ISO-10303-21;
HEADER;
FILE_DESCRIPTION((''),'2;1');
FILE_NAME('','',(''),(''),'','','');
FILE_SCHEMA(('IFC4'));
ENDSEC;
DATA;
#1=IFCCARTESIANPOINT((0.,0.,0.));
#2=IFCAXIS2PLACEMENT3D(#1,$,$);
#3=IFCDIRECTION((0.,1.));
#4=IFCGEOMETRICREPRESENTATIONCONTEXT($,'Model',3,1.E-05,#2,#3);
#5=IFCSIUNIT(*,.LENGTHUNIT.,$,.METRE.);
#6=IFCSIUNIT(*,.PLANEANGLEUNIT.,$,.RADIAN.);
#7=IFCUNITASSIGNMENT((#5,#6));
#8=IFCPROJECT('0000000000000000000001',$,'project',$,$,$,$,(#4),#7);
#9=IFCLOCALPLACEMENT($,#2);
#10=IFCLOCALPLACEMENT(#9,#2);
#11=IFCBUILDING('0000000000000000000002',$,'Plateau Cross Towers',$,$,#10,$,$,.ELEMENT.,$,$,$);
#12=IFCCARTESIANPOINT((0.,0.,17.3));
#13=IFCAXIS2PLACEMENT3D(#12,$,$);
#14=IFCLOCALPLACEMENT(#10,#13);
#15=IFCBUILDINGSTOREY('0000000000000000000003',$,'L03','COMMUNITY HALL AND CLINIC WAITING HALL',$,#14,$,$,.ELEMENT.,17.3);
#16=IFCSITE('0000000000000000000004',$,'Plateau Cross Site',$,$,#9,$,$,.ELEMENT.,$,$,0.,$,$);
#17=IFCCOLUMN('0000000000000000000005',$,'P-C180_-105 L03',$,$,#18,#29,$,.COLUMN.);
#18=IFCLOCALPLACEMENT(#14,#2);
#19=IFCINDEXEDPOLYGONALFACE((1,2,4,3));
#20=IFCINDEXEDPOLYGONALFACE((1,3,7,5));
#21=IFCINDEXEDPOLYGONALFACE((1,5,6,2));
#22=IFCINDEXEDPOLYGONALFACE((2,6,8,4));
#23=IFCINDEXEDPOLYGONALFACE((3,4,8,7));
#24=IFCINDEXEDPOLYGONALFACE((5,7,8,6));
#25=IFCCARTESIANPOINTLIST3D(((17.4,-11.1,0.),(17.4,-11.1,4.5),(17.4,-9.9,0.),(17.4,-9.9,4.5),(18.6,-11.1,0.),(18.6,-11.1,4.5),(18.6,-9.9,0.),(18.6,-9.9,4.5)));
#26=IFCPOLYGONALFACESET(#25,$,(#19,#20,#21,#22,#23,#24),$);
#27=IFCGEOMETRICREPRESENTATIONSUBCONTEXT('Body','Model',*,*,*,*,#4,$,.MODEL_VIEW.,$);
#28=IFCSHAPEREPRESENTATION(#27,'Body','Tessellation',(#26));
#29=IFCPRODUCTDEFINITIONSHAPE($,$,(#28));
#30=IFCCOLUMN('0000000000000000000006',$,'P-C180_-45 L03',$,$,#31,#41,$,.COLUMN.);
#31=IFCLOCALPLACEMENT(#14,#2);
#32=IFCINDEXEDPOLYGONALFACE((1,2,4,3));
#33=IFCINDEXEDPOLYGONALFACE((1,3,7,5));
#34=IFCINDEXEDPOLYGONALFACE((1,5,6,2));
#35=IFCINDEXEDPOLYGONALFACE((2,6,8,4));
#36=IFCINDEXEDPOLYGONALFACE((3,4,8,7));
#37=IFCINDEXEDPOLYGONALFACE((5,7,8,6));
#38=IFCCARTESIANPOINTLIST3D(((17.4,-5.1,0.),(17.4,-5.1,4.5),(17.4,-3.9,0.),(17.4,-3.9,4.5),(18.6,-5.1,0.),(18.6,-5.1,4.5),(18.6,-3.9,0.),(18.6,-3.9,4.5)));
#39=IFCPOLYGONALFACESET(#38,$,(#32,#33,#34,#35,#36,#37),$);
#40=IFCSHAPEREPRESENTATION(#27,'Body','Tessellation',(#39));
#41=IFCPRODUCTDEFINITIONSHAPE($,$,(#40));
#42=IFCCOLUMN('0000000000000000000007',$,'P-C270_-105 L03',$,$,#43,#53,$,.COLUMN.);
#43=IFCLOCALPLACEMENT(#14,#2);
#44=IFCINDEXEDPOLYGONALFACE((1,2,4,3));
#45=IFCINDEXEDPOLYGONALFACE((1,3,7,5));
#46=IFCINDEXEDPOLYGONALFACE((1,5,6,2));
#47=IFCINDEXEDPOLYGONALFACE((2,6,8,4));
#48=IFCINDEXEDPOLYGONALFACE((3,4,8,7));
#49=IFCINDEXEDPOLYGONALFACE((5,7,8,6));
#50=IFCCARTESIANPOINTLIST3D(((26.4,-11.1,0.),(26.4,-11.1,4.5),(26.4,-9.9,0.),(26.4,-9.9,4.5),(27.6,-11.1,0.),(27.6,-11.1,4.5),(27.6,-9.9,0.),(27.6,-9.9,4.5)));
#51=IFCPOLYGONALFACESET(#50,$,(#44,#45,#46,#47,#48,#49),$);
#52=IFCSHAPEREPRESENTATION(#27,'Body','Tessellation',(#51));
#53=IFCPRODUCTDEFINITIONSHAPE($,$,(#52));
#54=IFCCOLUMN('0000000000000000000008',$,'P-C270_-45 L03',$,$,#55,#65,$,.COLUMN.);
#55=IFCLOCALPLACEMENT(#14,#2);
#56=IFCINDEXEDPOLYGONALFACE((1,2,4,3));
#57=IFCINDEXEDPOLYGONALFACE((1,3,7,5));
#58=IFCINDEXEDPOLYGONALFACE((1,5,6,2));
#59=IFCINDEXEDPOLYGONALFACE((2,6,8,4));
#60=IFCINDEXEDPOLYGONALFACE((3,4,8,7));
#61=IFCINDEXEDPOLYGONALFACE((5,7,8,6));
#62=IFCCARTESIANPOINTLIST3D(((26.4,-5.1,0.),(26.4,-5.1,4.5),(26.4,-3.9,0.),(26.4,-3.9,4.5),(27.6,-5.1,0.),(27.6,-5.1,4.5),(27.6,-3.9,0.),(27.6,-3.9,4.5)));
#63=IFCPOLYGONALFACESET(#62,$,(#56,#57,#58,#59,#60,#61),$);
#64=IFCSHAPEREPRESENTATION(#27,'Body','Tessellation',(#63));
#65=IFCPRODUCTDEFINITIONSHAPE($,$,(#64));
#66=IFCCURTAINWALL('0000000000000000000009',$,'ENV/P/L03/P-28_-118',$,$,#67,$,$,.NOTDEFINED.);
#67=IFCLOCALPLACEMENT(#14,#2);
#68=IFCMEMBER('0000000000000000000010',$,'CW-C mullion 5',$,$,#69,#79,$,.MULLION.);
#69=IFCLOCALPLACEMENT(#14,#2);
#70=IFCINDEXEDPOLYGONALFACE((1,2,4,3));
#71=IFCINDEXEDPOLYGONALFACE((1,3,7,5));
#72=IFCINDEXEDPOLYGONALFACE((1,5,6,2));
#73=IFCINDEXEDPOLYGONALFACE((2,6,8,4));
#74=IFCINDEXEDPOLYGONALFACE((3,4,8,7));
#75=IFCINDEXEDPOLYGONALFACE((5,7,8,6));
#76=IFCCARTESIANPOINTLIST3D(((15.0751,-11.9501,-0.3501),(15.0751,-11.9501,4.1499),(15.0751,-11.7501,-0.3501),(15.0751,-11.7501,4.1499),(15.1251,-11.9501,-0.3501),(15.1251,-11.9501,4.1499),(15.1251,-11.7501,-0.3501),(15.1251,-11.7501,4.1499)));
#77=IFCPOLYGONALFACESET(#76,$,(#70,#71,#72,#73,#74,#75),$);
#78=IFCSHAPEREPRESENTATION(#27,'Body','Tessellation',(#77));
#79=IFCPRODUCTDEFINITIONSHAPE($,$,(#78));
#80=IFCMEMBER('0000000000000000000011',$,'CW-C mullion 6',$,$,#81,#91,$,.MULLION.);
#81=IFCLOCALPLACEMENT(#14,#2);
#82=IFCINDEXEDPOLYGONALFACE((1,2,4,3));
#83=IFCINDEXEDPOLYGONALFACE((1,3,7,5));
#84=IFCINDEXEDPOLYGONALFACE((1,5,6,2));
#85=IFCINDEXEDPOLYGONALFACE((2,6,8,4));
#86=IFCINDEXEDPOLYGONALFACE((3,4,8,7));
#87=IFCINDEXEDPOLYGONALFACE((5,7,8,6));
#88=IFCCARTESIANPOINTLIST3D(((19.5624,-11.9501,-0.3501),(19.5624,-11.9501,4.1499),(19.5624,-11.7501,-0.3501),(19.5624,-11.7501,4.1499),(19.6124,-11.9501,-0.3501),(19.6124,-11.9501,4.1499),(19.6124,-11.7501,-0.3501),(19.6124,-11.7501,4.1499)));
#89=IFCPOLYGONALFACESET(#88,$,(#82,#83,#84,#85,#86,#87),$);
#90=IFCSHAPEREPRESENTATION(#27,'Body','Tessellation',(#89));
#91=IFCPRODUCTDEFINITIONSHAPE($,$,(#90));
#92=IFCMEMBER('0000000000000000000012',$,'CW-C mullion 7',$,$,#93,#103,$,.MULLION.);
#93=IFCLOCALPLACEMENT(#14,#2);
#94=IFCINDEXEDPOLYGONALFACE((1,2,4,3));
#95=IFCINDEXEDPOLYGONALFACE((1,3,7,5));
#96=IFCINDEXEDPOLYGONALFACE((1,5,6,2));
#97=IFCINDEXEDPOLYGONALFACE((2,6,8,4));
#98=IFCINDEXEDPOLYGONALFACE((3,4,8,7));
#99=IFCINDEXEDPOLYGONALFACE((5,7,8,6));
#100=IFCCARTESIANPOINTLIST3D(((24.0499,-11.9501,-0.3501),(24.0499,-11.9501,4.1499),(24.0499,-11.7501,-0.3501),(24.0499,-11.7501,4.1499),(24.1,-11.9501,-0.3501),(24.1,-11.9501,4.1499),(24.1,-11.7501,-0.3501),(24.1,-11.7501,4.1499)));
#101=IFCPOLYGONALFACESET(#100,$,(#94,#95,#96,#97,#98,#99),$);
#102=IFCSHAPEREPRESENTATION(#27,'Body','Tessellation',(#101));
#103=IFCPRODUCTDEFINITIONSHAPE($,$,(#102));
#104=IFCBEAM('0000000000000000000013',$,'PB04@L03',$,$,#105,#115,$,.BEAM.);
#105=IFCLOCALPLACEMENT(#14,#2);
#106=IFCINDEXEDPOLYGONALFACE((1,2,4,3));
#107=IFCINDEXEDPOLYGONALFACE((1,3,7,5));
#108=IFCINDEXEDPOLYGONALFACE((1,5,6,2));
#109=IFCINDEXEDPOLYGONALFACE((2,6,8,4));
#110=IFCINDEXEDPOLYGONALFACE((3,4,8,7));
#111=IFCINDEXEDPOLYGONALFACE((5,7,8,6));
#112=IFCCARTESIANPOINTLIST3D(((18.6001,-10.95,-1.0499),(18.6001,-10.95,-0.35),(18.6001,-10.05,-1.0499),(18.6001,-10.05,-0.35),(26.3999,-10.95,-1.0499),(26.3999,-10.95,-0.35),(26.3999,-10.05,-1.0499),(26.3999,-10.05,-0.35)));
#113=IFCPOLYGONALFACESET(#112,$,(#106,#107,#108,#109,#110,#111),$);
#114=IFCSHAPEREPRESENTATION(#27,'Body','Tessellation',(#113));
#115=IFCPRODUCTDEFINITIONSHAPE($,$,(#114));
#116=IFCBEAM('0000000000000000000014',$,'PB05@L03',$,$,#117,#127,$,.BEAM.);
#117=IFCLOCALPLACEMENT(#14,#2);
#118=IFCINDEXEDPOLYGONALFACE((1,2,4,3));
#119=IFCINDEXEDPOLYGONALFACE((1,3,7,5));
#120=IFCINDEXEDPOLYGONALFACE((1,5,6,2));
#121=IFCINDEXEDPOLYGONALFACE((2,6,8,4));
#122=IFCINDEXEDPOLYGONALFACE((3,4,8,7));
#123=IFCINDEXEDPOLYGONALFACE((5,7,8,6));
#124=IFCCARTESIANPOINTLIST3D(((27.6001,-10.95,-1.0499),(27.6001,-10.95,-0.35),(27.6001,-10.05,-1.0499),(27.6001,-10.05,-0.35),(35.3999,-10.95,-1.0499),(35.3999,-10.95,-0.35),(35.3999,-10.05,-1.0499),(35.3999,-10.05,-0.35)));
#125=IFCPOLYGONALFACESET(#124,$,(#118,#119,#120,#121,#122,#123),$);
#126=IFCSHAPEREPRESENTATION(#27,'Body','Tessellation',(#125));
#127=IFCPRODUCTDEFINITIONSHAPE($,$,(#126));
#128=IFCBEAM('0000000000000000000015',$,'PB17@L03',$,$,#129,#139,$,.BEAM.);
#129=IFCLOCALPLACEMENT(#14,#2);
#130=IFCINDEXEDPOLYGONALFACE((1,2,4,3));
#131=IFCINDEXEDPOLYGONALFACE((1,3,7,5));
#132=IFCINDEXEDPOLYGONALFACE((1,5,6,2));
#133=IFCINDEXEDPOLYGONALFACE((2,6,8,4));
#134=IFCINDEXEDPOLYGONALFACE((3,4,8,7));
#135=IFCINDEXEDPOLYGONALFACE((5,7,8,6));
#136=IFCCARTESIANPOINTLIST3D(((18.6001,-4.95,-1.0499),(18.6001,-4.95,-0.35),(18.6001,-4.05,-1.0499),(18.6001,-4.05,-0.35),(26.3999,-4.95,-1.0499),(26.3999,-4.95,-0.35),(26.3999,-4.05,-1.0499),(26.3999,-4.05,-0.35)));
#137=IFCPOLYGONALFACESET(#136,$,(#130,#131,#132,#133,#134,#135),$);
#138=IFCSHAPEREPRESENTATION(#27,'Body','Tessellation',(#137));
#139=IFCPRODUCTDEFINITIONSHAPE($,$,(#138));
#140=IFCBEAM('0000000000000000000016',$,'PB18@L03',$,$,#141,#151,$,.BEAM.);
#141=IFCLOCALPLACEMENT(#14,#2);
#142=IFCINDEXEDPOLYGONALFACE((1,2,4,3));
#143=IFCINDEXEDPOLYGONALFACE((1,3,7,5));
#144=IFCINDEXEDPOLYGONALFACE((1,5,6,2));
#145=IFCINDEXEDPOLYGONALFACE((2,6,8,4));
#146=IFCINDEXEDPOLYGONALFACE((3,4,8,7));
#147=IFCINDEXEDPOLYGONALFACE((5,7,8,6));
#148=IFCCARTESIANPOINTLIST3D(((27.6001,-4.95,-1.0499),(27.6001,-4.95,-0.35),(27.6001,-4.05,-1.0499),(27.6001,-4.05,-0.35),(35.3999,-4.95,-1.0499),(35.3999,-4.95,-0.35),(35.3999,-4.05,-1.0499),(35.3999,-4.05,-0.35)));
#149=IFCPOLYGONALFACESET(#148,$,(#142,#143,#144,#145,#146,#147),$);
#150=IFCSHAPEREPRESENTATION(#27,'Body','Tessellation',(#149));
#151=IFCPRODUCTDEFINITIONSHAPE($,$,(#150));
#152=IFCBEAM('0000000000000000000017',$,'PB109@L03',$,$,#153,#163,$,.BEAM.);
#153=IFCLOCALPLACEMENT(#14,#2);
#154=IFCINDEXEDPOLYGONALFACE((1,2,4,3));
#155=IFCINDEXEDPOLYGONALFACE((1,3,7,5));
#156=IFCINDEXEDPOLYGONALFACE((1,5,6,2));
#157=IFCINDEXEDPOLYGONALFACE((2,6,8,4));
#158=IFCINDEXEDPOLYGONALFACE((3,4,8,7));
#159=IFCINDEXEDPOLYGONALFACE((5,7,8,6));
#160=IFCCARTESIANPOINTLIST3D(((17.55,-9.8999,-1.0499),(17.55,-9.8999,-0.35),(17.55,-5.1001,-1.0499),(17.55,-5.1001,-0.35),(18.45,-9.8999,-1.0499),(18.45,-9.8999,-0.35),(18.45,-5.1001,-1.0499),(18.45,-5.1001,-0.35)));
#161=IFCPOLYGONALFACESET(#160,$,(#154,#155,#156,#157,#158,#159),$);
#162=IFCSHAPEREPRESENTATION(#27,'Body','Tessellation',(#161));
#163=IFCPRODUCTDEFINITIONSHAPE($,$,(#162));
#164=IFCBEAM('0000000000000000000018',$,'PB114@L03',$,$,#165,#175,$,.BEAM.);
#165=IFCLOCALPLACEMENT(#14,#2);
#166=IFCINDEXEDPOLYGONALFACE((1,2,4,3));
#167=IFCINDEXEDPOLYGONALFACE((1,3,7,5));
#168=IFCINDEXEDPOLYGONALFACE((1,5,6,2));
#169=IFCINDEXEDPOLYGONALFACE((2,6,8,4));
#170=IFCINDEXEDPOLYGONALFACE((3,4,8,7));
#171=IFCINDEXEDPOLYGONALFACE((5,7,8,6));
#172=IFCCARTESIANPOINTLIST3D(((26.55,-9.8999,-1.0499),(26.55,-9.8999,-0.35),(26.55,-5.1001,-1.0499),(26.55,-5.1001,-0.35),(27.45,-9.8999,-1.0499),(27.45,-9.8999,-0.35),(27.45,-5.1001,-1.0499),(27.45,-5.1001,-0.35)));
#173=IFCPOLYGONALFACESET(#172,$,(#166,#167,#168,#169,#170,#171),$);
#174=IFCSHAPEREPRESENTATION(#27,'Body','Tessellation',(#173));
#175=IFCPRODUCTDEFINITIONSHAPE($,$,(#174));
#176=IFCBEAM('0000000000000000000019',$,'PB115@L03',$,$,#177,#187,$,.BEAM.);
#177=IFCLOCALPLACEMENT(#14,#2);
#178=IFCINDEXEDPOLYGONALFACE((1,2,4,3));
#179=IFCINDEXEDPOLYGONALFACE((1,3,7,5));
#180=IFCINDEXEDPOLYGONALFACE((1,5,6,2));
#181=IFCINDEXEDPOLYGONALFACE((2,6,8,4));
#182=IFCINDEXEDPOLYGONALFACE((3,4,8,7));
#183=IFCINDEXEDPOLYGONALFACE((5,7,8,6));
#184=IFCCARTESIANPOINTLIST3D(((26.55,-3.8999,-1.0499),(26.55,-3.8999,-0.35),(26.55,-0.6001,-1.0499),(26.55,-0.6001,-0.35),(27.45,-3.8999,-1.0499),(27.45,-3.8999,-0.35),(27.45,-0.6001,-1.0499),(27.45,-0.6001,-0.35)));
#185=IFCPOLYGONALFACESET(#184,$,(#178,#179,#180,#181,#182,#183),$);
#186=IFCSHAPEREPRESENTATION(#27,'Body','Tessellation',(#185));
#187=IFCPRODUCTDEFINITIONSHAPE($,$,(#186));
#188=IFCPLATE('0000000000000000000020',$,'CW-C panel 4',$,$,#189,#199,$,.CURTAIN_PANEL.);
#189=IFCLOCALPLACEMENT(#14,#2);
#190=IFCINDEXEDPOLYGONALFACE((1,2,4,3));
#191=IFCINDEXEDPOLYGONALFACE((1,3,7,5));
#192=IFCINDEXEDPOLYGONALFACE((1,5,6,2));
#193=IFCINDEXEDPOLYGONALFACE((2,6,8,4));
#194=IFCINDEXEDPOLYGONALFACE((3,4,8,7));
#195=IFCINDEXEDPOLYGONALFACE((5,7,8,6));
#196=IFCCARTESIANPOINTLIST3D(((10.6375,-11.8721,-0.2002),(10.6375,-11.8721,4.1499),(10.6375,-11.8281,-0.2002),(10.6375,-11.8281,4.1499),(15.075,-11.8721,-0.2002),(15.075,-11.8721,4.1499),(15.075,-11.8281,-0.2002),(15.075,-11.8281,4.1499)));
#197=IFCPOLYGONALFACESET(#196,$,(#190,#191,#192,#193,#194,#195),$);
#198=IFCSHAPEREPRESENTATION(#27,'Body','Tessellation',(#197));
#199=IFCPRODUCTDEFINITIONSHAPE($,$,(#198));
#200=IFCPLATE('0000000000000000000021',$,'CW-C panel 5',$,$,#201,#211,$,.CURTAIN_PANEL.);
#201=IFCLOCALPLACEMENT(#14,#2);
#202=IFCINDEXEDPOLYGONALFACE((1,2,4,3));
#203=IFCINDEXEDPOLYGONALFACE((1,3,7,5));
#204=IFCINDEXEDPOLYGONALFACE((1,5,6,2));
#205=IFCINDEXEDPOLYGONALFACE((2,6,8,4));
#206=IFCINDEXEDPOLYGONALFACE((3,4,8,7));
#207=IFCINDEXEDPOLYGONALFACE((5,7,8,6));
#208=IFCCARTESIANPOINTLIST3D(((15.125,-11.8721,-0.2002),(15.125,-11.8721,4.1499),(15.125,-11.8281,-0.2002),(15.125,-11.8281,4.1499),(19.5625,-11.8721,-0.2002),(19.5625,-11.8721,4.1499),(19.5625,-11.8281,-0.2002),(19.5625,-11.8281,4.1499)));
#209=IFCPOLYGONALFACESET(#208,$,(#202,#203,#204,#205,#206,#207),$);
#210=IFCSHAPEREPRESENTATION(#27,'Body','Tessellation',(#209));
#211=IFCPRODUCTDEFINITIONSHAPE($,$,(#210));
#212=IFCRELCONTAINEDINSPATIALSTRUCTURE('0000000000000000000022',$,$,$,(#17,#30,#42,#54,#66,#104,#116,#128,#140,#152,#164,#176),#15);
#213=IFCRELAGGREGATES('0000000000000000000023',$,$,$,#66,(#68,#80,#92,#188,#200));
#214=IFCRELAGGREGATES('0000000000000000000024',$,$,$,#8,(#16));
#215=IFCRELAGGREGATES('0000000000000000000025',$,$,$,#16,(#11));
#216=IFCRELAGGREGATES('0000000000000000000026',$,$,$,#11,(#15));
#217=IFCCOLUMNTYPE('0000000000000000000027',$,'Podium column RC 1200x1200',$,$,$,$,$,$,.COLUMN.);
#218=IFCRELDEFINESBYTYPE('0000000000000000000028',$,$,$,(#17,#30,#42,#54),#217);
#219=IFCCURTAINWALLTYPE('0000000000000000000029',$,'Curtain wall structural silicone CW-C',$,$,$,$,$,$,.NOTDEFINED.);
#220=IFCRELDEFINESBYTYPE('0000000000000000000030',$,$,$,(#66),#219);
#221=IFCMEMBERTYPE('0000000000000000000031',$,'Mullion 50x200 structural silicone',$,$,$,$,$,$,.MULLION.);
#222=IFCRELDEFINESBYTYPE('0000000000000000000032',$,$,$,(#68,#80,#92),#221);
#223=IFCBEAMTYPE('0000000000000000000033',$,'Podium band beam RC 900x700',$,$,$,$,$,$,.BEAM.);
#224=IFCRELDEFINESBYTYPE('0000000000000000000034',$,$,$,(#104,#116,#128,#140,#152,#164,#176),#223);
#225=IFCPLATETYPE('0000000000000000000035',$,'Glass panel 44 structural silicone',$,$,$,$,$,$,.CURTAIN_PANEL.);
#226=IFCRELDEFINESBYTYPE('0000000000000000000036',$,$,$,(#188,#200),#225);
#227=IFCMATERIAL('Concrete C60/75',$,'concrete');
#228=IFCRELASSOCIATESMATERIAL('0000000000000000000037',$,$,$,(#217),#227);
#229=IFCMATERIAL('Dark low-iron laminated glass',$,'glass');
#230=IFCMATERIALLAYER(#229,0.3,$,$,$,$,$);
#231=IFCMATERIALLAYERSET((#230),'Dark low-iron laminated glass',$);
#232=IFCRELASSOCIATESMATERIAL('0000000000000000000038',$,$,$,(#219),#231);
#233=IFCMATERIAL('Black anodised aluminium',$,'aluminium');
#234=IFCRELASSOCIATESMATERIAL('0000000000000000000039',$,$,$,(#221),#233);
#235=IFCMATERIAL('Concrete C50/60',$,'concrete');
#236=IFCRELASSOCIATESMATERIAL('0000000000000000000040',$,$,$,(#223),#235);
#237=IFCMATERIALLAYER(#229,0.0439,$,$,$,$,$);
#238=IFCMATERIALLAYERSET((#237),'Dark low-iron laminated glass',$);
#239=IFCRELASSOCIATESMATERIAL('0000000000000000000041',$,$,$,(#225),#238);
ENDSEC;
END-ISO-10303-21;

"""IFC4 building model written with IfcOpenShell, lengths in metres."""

from ifc_helpers import new_model, si_unit, direction, frame, origin, origin_2d, place, context, subcontext, project, spatial, rectangle, extrude, material, layer, layer_set, material_profile, profile_set, type_object, element, aggregate, save


model = new_model("IFC4")

# Units and contexts
model_context = context("Model", 3, precision=1e-05, world=origin(), true_north=direction((0.0, 1.0)))
body_context = subcontext(model_context, "Body", "Model", "MODEL_VIEW")
ifc_project = project(units=[si_unit("LENGTHUNIT", "METRE"), si_unit("PLANEANGLEUNIT", "RADIAN")], contexts=[model_context])

# Site, building, storey
site_placement = place(None, origin())
site = spatial("IfcSite", under=ifc_project, at=site_placement, Name="Plateau Cross Site", CompositionType="ELEMENT", RefElevation=0.0)
building_placement = place(site_placement, origin())
building = spatial("IfcBuilding", under=site, at=building_placement, Name="Plateau Cross Towers", CompositionType="ELEMENT")
storey_placement = place(building_placement, frame((0.0, 0.0, 17.3)))
storey = spatial("IfcBuildingStorey", under=building, at=storey_placement, Name="L03", Description="COMMUNITY HALL AND CLINIC WAITING HALL", CompositionType="ELEMENT", Elevation=17.3)

# Columns
ifc_material_1 = material(Name="Concrete C60/75", Category="concrete")
ifc_material_profile_1 = material_profile(ifc_material_1, rectangle(XDim=1.2, YDim=1.2, at=origin_2d()), Name="RC 1200x1200")
ifc_profile_set_1 = profile_set([ifc_material_profile_1], Name="Concrete C60/75")
column_type = type_object("IfcColumnType", Name="Podium column RC 1200x1200", PredefinedType="COLUMN", material=ifc_profile_set_1)
for number, where, z_axis, x_axis, name in (
    (1, (18.0, -10.5, 0.0), (0.0, 0.0, 1.0), (1.0, 0.0, 0.0), "P-C180_-105 L03"),
    (2, (18.0, -4.5, 0.0), (0.0, 0.0, 1.0), (1.0, 0.0, 0.0), "P-C180_-45 L03"),
    (3, (27.0, -10.5, 0.0), (0.0, 0.0, 1.0), (1.0, 0.0, 0.0), "P-C270_-105 L03"),
    (4, (27.0, -4.5, 0.0), (0.0, 0.0, 1.0), (1.0, 0.0, 0.0), "P-C270_-45 L03"),
):
    element("IfcColumn", number, at=place(storey_placement, frame(where, z_axis=z_axis, x_axis=x_axis)), inside=storey, type_object=column_type, Name=name, PredefinedType="COLUMN", context=body_context, shape_type="SweptSolid", body=[
        extrude(rectangle(XDim=1.2, YDim=1.2, at=origin_2d()), origin(), (0.0, 0.0, 1.0), 4.5),
    ])

# Curtain wall, members
ifc_material_2 = material(Name="Dark low-iron laminated glass", Category="glass")
ifc_layer_1 = layer(ifc_material_2, 0.3)
ifc_layer_set_1 = layer_set([ifc_layer_1], Name="Dark low-iron laminated glass")
curtain_wall_type = type_object("IfcCurtainWallType", Name="Curtain wall structural silicone CW-C", PredefinedType="NOTDEFINED", material=ifc_layer_set_1)
curtain_wall_placement = place(storey_placement, origin())
curtain_wall = element("IfcCurtainWall", 5, at=curtain_wall_placement, inside=storey, type_object=curtain_wall_type, Name="ENV/P/L03/P-28_-118", PredefinedType="NOTDEFINED")
ifc_material_3 = material(Name="Black anodised aluminium", Category="aluminium")
ifc_material_profile_2 = material_profile(ifc_material_3, rectangle(XDim=0.05, YDim=0.2, at=origin_2d()), Name="MULLION 50x200")
ifc_profile_set_2 = profile_set([ifc_material_profile_2], Name="Black anodised aluminium")
member_type = type_object("IfcMemberType", Name="Mullion 50x200 structural silicone", PredefinedType="MULLION", material=ifc_profile_set_2)
member_1_placement = place(storey_placement, frame((15.1001, -11.8501, -0.3501), z_axis=(0.0, 0.0, 1.0), x_axis=(1.0, 0.0, 0.0)))
member_1 = element("IfcMember", 6, at=member_1_placement, type_object=member_type, Name="CW-C mullion 5", PredefinedType="MULLION", context=body_context, shape_type="SweptSolid", body=[
    extrude(rectangle(XDim=0.05, YDim=0.2, at=origin_2d()), origin(), (0.0, 0.0, 1.0), 4.5),
])
member_2_placement = place(storey_placement, frame((19.5874, -11.8501, -0.3501), z_axis=(0.0, 0.0, 1.0), x_axis=(1.0, 0.0, 0.0)))
member_2 = element("IfcMember", 7, at=member_2_placement, type_object=member_type, Name="CW-C mullion 6", PredefinedType="MULLION", context=body_context, shape_type="SweptSolid", body=[
    extrude(rectangle(XDim=0.05, YDim=0.2, at=origin_2d()), origin(), (0.0, 0.0, 1.0), 4.5),
])
member_3_placement = place(storey_placement, frame((24.075, -11.8501, -0.3501), z_axis=(0.0, 0.0, 1.0), x_axis=(1.0, 0.0, 0.0)))
member_3 = element("IfcMember", 8, at=member_3_placement, type_object=member_type, Name="CW-C mullion 7", PredefinedType="MULLION", context=body_context, shape_type="SweptSolid", body=[
    extrude(rectangle(XDim=0.05, YDim=0.2, at=origin_2d()), origin(), (0.0, 0.0, 1.0), 4.5),
])

# Beams
ifc_material_4 = material(Name="Concrete C50/60", Category="concrete")
ifc_material_profile_3 = material_profile(ifc_material_4, rectangle(XDim=0.8999, YDim=0.7, at=origin_2d()), Name="RC 900x700")
ifc_profile_set_3 = profile_set([ifc_material_profile_3], Name="Concrete C50/60")
beam_type = type_object("IfcBeamType", Name="Podium band beam RC 900x700", PredefinedType="BEAM", material=ifc_profile_set_3)
for number, where, z_axis, x_axis, name in (
    (9, (18.6001, -10.5, -0.7), (1.0, 0.0, 0.0), (0.0, 1.0, 0.0), "PB04@L03"),
    (10, (27.6001, -10.5, -0.7), (1.0, 0.0, 0.0), (0.0, 1.0, 0.0), "PB05@L03"),
    (11, (18.6001, -4.5, -0.7), (1.0, 0.0, 0.0), (0.0, 1.0, 0.0), "PB17@L03"),
    (12, (27.6001, -4.5, -0.7), (1.0, 0.0, 0.0), (0.0, 1.0, 0.0), "PB18@L03"),
):
    element("IfcBeam", number, at=place(storey_placement, frame(where, z_axis=z_axis, x_axis=x_axis)), inside=storey, type_object=beam_type, Name=name, PredefinedType="BEAM", context=body_context, shape_type="SweptSolid", body=[
        extrude(rectangle(XDim=0.8999, YDim=0.7, at=origin_2d()), origin(), (0.0, 0.0, 1.0), 7.7998),
    ])
for number, where, z_axis, x_axis, name in (
    (13, (18.0, -9.8999, -0.7), (0.0, 1.0, 0.0), (-1.0, 0.0, 0.0), "PB109@L03"),
    (14, (27.0, -9.8999, -0.7), (0.0, 1.0, 0.0), (-1.0, 0.0, 0.0), "PB114@L03"),
):
    element("IfcBeam", number, at=place(storey_placement, frame(where, z_axis=z_axis, x_axis=x_axis)), inside=storey, type_object=beam_type, Name=name, PredefinedType="BEAM", context=body_context, shape_type="SweptSolid", body=[
        extrude(rectangle(XDim=0.8999, YDim=0.7, at=origin_2d()), origin(), (0.0, 0.0, 1.0), 4.7998),
    ])
beam_placement = place(storey_placement, frame((27.0, -3.8999, -0.7), z_axis=(0.0, 1.0, 0.0), x_axis=(-1.0, 0.0, 0.0)))
element("IfcBeam", 15, at=beam_placement, inside=storey, type_object=beam_type, Name="PB115@L03", PredefinedType="BEAM", context=body_context, shape_type="SweptSolid", body=[
    extrude(rectangle(XDim=0.8999, YDim=0.7, at=origin_2d()), origin(), (0.0, 0.0, 1.0), 3.2998),
])

# Plates
ifc_layer_2 = layer(ifc_material_2, 0.0439)
ifc_layer_set_2 = layer_set([ifc_layer_2], Name="Dark low-iron laminated glass")
plate_type = type_object("IfcPlateType", Name="Glass panel 44 structural silicone", PredefinedType="CURTAIN_PANEL", material=ifc_layer_set_2)
plate_1_placement = place(storey_placement, frame((12.8562, -11.8501, -0.2002), z_axis=(0.0, 0.0, 1.0), x_axis=(1.0, 0.0, 0.0)))
plate_1 = element("IfcPlate", 16, at=plate_1_placement, type_object=plate_type, Name="CW-C panel 4", PredefinedType="CURTAIN_PANEL", context=body_context, shape_type="SweptSolid", body=[
    extrude(rectangle(XDim=4.4375, YDim=0.0439, at=origin_2d()), origin(), (0.0, 0.0, 1.0), 4.3501),
])
plate_2_placement = place(storey_placement, frame((17.3438, -11.8501, -0.2002), z_axis=(0.0, 0.0, 1.0), x_axis=(1.0, 0.0, 0.0)))
plate_2 = element("IfcPlate", 17, at=plate_2_placement, type_object=plate_type, Name="CW-C panel 5", PredefinedType="CURTAIN_PANEL", context=body_context, shape_type="SweptSolid", body=[
    extrude(rectangle(XDim=4.4375, YDim=0.0439, at=origin_2d()), origin(), (0.0, 0.0, 1.0), 4.3501),
])
aggregate(curtain_wall, [member_1, member_2, member_3, plate_1, plate_2])

save(model, "model.ifc")
